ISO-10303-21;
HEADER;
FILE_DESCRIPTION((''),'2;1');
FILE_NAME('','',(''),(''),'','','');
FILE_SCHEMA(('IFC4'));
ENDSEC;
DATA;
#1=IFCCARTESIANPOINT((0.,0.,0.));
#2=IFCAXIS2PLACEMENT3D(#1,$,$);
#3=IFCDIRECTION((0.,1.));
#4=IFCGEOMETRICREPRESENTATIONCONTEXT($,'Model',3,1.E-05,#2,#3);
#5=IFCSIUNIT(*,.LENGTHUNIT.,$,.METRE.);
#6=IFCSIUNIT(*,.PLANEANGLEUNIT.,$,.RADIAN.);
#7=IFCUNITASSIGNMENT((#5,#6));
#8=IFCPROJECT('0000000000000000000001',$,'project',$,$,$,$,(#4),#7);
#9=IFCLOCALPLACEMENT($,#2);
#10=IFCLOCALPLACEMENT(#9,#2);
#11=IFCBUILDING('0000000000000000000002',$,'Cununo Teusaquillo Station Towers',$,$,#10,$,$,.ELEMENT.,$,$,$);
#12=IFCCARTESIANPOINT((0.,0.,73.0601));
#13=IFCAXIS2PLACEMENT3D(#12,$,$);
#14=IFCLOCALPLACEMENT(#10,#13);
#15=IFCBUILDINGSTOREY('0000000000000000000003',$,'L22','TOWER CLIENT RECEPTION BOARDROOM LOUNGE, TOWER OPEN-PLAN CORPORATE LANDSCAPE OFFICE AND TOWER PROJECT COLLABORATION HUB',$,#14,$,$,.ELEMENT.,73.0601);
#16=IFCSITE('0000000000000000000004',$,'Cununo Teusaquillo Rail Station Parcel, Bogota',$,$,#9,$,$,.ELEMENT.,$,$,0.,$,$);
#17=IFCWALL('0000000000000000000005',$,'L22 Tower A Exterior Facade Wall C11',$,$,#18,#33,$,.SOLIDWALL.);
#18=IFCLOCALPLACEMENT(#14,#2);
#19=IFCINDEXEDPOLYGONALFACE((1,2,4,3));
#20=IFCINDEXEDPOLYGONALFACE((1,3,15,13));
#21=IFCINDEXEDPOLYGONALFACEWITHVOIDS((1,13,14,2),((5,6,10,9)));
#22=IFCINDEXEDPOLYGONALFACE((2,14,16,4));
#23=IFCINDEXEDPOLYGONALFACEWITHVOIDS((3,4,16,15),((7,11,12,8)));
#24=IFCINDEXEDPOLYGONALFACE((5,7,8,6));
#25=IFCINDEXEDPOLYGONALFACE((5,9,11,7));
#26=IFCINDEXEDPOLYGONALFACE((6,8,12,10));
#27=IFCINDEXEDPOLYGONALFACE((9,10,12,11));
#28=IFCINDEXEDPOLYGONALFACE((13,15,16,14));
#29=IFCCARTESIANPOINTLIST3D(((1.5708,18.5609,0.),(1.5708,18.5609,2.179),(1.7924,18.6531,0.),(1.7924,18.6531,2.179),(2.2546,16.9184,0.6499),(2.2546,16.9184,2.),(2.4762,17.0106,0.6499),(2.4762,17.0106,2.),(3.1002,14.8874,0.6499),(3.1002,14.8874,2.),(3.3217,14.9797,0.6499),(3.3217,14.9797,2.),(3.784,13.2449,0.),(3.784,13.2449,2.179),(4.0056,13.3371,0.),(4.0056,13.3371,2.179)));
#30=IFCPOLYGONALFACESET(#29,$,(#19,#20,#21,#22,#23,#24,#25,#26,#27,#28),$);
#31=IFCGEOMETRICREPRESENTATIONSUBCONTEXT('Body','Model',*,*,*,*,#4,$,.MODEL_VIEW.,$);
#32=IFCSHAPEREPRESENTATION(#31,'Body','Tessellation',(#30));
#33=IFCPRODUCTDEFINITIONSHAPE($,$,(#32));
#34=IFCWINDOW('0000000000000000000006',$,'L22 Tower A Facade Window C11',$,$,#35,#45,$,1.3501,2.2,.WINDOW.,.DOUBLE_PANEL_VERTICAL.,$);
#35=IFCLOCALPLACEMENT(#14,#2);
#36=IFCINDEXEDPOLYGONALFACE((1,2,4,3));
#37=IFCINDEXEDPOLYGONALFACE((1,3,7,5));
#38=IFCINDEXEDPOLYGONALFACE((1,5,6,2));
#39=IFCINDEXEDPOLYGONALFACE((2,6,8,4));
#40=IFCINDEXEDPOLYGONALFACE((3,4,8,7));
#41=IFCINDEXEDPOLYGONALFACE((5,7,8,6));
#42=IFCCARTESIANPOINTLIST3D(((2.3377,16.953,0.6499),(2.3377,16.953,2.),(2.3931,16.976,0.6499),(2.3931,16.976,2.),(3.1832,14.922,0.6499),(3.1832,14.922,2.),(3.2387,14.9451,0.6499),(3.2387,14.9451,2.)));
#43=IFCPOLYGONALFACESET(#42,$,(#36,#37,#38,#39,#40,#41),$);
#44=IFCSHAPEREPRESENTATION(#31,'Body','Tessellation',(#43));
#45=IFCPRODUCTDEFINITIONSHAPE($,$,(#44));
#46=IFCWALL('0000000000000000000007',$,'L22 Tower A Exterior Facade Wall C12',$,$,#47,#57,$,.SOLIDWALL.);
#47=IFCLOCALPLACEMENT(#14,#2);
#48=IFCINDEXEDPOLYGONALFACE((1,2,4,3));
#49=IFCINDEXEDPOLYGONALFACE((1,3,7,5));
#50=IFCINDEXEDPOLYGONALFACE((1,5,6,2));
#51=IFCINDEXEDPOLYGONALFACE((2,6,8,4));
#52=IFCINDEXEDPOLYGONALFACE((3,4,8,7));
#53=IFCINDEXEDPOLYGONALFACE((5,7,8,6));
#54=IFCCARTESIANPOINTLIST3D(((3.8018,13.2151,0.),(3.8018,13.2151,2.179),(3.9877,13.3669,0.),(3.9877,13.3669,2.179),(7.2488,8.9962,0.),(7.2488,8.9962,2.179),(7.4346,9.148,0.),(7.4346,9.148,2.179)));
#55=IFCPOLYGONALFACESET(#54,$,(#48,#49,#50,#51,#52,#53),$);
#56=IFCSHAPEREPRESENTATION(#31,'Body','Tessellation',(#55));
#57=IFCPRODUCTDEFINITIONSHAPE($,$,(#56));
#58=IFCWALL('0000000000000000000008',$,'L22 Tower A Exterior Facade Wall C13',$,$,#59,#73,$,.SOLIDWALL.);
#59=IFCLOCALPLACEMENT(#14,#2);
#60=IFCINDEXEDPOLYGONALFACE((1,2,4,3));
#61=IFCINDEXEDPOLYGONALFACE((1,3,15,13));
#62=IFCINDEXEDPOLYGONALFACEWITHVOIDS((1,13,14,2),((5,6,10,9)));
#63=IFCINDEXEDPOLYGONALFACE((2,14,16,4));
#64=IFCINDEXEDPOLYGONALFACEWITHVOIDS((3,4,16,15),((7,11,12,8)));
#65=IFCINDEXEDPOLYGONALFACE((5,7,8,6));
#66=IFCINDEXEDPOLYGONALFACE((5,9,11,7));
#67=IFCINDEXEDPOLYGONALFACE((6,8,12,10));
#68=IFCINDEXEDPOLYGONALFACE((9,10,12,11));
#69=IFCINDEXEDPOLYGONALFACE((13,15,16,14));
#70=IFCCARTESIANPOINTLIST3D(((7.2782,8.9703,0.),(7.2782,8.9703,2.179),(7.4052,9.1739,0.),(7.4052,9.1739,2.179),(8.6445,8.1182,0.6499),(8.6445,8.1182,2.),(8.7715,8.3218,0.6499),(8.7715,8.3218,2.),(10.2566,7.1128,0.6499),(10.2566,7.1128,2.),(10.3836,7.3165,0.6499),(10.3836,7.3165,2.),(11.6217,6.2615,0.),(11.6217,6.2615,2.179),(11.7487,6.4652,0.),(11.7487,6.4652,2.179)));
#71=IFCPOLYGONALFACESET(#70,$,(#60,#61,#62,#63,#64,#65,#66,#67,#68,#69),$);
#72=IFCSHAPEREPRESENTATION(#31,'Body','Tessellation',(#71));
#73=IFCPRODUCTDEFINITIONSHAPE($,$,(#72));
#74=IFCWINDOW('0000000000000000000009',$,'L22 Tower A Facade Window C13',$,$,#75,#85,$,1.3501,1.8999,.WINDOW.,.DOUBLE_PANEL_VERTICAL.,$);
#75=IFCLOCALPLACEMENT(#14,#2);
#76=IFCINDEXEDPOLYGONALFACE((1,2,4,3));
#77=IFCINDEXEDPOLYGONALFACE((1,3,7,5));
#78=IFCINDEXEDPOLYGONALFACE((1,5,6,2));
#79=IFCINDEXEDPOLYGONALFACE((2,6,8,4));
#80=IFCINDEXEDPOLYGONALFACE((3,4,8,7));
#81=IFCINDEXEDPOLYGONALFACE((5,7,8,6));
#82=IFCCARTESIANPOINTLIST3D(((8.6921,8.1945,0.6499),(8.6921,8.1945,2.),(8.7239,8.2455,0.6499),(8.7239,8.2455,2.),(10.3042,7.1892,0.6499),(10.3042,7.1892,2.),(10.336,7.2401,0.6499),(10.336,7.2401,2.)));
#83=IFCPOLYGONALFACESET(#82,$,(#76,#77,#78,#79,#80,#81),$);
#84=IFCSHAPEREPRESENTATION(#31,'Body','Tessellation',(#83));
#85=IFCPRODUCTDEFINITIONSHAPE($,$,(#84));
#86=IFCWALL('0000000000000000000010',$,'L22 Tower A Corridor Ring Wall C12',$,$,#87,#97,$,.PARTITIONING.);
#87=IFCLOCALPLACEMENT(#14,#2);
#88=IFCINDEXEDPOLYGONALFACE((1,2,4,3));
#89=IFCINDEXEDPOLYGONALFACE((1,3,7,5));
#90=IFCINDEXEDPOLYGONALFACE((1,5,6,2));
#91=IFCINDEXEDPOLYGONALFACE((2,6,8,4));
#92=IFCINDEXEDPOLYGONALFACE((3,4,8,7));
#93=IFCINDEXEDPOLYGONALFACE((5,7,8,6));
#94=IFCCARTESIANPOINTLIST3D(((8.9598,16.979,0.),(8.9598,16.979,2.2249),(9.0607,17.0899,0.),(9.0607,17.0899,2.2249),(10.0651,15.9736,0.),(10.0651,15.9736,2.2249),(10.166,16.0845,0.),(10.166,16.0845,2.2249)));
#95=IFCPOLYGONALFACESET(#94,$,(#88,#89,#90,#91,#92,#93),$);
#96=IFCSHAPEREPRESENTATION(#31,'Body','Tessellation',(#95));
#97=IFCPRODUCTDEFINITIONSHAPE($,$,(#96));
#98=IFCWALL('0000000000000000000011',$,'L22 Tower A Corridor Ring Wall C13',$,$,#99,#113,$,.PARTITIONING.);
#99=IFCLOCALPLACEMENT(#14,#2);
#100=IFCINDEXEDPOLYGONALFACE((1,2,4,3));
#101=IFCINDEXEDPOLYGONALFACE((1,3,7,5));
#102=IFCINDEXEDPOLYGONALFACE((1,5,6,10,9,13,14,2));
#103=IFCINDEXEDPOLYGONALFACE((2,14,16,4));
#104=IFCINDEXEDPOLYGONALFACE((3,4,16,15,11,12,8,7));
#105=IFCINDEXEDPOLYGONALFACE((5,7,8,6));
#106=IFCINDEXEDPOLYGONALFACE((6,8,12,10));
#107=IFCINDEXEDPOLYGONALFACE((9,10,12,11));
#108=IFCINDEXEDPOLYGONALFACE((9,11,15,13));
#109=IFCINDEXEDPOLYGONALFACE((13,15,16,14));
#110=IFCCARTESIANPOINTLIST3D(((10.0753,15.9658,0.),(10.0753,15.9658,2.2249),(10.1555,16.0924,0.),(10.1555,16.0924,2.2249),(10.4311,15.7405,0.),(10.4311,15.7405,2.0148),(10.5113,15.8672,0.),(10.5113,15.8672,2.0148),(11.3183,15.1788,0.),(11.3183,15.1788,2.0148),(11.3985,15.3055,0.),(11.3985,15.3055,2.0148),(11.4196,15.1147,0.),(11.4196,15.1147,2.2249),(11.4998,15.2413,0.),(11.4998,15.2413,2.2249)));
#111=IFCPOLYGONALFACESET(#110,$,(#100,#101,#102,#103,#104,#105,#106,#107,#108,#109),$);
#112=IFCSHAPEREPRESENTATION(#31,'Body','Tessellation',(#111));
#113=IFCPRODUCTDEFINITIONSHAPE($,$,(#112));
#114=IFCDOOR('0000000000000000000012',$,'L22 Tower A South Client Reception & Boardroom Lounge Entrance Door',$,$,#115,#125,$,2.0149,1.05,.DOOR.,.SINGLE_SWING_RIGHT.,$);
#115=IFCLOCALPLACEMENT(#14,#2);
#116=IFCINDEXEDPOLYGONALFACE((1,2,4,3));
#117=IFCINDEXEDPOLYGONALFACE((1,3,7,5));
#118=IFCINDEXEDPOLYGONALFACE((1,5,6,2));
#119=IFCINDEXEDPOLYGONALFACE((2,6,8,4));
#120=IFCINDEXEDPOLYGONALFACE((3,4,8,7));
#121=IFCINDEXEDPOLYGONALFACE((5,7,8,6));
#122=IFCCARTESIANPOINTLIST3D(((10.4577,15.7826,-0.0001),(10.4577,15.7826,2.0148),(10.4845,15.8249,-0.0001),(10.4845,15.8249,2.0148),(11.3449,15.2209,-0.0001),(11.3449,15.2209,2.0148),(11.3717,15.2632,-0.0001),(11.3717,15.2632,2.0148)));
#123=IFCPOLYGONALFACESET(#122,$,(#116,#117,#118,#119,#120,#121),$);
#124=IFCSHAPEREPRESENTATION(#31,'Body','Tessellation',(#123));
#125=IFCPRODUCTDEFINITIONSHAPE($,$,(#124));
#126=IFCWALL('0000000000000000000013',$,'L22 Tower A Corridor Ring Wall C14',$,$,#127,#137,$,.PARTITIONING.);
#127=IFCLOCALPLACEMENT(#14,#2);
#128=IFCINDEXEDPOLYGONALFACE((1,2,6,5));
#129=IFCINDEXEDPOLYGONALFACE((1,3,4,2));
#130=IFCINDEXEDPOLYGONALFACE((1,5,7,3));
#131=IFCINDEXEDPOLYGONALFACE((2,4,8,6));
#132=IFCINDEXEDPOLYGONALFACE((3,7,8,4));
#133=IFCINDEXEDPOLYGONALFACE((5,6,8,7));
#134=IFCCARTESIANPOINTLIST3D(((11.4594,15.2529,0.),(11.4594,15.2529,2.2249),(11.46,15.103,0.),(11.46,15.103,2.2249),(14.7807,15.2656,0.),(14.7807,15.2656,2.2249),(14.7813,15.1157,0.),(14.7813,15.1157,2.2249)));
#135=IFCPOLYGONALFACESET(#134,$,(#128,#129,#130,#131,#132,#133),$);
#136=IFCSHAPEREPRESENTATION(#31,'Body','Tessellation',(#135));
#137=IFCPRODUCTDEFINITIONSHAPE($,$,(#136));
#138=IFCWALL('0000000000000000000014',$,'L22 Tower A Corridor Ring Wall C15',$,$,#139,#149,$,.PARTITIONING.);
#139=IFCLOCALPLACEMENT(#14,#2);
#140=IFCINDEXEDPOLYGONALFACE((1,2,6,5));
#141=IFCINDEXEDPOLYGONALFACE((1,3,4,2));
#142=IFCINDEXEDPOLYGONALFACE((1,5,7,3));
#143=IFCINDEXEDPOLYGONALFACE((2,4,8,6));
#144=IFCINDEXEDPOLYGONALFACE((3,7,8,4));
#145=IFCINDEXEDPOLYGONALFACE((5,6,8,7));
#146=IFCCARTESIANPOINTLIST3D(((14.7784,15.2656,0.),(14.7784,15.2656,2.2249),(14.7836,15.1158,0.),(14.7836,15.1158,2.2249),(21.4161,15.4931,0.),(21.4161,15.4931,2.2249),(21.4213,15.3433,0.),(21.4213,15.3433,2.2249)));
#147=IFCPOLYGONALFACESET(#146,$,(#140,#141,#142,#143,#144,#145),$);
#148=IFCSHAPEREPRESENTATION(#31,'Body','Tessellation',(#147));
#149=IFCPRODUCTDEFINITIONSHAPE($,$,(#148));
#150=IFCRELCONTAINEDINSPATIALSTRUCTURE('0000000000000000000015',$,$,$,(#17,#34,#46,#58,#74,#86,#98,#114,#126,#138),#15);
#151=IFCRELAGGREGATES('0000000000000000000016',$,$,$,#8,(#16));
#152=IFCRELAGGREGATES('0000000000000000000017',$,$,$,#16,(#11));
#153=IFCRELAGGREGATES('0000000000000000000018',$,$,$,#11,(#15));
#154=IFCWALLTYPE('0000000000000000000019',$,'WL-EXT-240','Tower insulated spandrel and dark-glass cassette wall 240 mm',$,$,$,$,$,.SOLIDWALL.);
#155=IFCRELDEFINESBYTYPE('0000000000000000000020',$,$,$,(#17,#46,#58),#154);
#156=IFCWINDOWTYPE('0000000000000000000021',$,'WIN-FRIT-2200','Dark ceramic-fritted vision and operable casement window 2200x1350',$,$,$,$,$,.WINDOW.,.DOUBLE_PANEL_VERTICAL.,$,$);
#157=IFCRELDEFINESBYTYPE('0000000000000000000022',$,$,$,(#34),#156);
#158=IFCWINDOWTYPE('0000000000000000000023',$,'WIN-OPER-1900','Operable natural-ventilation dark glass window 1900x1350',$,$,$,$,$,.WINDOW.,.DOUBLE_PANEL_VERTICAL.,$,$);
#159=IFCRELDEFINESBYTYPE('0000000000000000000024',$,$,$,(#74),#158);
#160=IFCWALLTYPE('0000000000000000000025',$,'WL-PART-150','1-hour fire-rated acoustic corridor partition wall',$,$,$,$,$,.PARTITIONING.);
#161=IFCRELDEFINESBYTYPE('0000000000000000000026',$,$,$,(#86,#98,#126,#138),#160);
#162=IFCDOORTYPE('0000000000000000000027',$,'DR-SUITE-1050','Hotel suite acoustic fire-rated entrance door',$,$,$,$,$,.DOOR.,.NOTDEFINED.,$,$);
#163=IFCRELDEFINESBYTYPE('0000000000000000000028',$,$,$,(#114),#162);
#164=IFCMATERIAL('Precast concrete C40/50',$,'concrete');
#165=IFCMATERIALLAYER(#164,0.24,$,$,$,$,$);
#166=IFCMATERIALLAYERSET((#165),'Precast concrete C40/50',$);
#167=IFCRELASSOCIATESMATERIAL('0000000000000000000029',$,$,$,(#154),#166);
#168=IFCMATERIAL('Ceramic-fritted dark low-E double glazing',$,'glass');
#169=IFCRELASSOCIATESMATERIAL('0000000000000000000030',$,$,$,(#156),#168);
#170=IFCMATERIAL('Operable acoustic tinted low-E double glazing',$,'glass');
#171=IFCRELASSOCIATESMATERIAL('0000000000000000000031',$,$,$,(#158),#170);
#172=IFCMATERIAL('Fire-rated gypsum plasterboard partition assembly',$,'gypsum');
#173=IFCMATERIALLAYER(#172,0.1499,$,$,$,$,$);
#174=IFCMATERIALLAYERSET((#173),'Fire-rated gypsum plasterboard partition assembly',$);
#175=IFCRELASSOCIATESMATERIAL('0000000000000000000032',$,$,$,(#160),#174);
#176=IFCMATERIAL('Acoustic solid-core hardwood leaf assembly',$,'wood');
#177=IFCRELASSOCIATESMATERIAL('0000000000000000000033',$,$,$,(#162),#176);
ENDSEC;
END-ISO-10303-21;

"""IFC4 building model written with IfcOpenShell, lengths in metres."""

from ifc_helpers import new_model, si_unit, direction, frame, frame_2d, origin, place, context, subcontext, project, spatial, rectangle, extrude, source, transform, mapped, material, layer, layer_set, type_object, element, fill, save


model = new_model("IFC4")

# Units and contexts
model_context = context("Model", 3, precision=1e-05, world=origin(), true_north=direction((0.0, 1.0)))
body_context = subcontext(model_context, "Body", "Model", "MODEL_VIEW")
ifc_project = project(units=[si_unit("LENGTHUNIT", "METRE"), si_unit("PLANEANGLEUNIT", "RADIAN")], contexts=[model_context])

# Site, building, storey
site_placement = place(None, origin())
site = spatial("IfcSite", under=ifc_project, at=site_placement, Name="Cununo Teusaquillo Rail Station Parcel, Bogota", CompositionType="ELEMENT", RefElevation=0.0)
building_placement = place(site_placement, origin())
building = spatial("IfcBuilding", under=site, at=building_placement, Name="Cununo Teusaquillo Station Towers", CompositionType="ELEMENT")
storey_placement = place(building_placement, frame((0.0, 0.0, 73.0601)))
storey = spatial("IfcBuildingStorey", under=building, at=storey_placement, Name="L22", Description="TOWER CLIENT RECEPTION BOARDROOM LOUNGE, TOWER OPEN-PLAN CORPORATE LANDSCAPE OFFICE AND TOWER PROJECT COLLABORATION HUB", CompositionType="ELEMENT", Elevation=73.0601)

# Wall, opening, window
ifc_material_1 = material(Name="Precast concrete C40/50", Category="concrete")
ifc_layer_1 = layer(ifc_material_1, 0.24)
ifc_layer_set_1 = layer_set([ifc_layer_1], Name="Precast concrete C40/50")
wall_type_1 = type_object("IfcWallType", Name="WL-EXT-240", Description="Tower insulated spandrel and dark-glass cassette wall 240 mm", PredefinedType="SOLIDWALL", material=ifc_layer_set_1)
wall_1_placement = place(storey_placement, frame((3.8948, 13.291, 0.0), z_axis=(0.0, 0.0, 1.0), x_axis=(-0.384344, 0.92319, 0.0)))
wall_1 = element("IfcWall", 1, at=wall_1_placement, inside=storey, type_object=wall_type_1, Name="L22 Tower A Exterior Facade Wall C11", PredefinedType="SOLIDWALL", context=body_context, shape_type="SweptSolid", body=[
    extrude(rectangle(XDim=5.7583, YDim=0.24, at=frame_2d((2.8792, 0.0))), origin(), (0.0, 0.0, 1.0), 2.179),
])
shared_shape_1 = source(origin(), body_context, "Body", "SweptSolid", [
    extrude(rectangle(XDim=2.2, YDim=1.3501, at=frame_2d((1.1001, 0.675))), frame((0.0, 0.1299, 0.0), z_axis=(0.0, -1.0, 0.0), x_axis=(1.0, 0.0, 0.0)), (0.0, 0.0, 1.0), 0.26),
])
opening_1_placement = place(wall_1_placement, frame((1.7791, 0.0, 0.6499)))
opening_1 = element("IfcOpeningElement", 2, at=opening_1_placement, cuts=wall_1, PredefinedType="OPENING", context=body_context, shape_type="MappedRepresentation", body=[
    mapped(shared_shape_1, transform((0.0, 0.0, 0.0), x_axis=(1.0, 0.0, 0.0), y_axis=(0.0, 1.0, 0.0), z_axis=(0.0, 0.0, 1.0), scale=1.0)),
])
ifc_material_2 = material(Name="Ceramic-fritted dark low-E double glazing", Category="glass")
window_type_1 = type_object("IfcWindowType", Name="WIN-FRIT-2200", Description="Dark ceramic-fritted vision and operable casement window 2200x1350", PartitioningType="DOUBLE_PANEL_VERTICAL", PredefinedType="WINDOW", material=ifc_material_2)
shared_shape_2 = source(origin(), body_context, "Body", "SweptSolid", [
    extrude(rectangle(XDim=2.2, YDim=1.3501, at=frame_2d((1.1001, 0.675))), frame((0.0, 0.03, 0.0), z_axis=(0.0, -1.0, 0.0), x_axis=(1.0, 0.0, 0.0)), (0.0, 0.0, 1.0), 0.0601),
])
window_1_placement = place(opening_1_placement, origin())
window_1 = element("IfcWindow", 3, at=window_1_placement, inside=storey, type_object=window_type_1, Name="L22 Tower A Facade Window C11", OverallHeight=1.3501, OverallWidth=2.2, PartitioningType="DOUBLE_PANEL_VERTICAL", PredefinedType="WINDOW", context=body_context, shape_type="MappedRepresentation", body=[
    mapped(shared_shape_2, transform((0.0, 0.0, 0.0), x_axis=(1.0, 0.0, 0.0), y_axis=(0.0, 1.0, 0.0), z_axis=(0.0, 0.0, 1.0), scale=1.0)),
])
fill(opening_1, window_1)

# Wall
wall_2_placement = place(storey_placement, frame((7.3418, 9.072, 0.0), z_axis=(0.0, 0.0, 1.0), x_axis=(-0.632701, 0.774396, 0.0)))
element("IfcWall", 4, at=wall_2_placement, inside=storey, type_object=wall_type_1, Name="L22 Tower A Exterior Facade Wall C12", PredefinedType="SOLIDWALL", context=body_context, shape_type="SweptSolid", body=[
    extrude(rectangle(XDim=5.448, YDim=0.24, at=frame_2d((2.7241, 0.0))), origin(), (0.0, 0.0, 1.0), 2.179),
])

# Wall, opening, window
wall_3_placement = place(storey_placement, frame((11.6853, 6.3633, 0.0), z_axis=(0.0, 0.0, 1.0), x_axis=(-0.84852, 0.529163, 0.0)))
wall_3 = element("IfcWall", 5, at=wall_3_placement, inside=storey, type_object=wall_type_1, Name="L22 Tower A Exterior Facade Wall C13", PredefinedType="SOLIDWALL", context=body_context, shape_type="SweptSolid", body=[
    extrude(rectangle(XDim=5.1189, YDim=0.24, at=frame_2d((2.5596, 0.0))), origin(), (0.0, 0.0, 1.0), 2.179),
])
shared_shape_3 = source(origin(), body_context, "Body", "SweptSolid", [
    extrude(rectangle(XDim=1.8999, YDim=1.3501, at=frame_2d((0.95, 0.675))), frame((0.0, 0.1299, 0.0), z_axis=(0.0, -1.0, 0.0), x_axis=(1.0, 0.0, 0.0)), (0.0, 0.0, 1.0), 0.26),
])
opening_2_placement = place(wall_3_placement, frame((1.6089, 0.0, 0.6499)))
opening_2 = element("IfcOpeningElement", 6, at=opening_2_placement, cuts=wall_3, PredefinedType="OPENING", context=body_context, shape_type="MappedRepresentation", body=[
    mapped(shared_shape_3, transform((0.0, 0.0, 0.0), x_axis=(1.0, 0.0, 0.0), y_axis=(0.0, 1.0, 0.0), z_axis=(0.0, 0.0, 1.0), scale=1.0)),
])
ifc_material_3 = material(Name="Operable acoustic tinted low-E double glazing", Category="glass")
window_type_2 = type_object("IfcWindowType", Name="WIN-OPER-1900", Description="Operable natural-ventilation dark glass window 1900x1350", PartitioningType="DOUBLE_PANEL_VERTICAL", PredefinedType="WINDOW", material=ifc_material_3)
shared_shape_4 = source(origin(), body_context, "Body", "SweptSolid", [
    extrude(rectangle(XDim=1.8999, YDim=1.3501, at=frame_2d((0.95, 0.675))), frame((0.0, 0.03, 0.0), z_axis=(0.0, -1.0, 0.0), x_axis=(1.0, 0.0, 0.0)), (0.0, 0.0, 1.0), 0.0601),
])
window_2_placement = place(opening_2_placement, origin())
window_2 = element("IfcWindow", 7, at=window_2_placement, inside=storey, type_object=window_type_2, Name="L22 Tower A Facade Window C13", OverallHeight=1.3501, OverallWidth=1.8999, PartitioningType="DOUBLE_PANEL_VERTICAL", PredefinedType="WINDOW", context=body_context, shape_type="MappedRepresentation", body=[
    mapped(shared_shape_4, transform((0.0, 0.0, 0.0), x_axis=(1.0, 0.0, 0.0), y_axis=(0.0, 1.0, 0.0), z_axis=(0.0, 0.0, 1.0), scale=1.0)),
])
fill(opening_2, window_2)

# Wall
ifc_material_4 = material(Name="Fire-rated gypsum plasterboard partition assembly", Category="gypsum")
ifc_layer_2 = layer(ifc_material_4, 0.1499)
ifc_layer_set_2 = layer_set([ifc_layer_2], Name="Fire-rated gypsum plasterboard partition assembly")
wall_type_2 = type_object("IfcWallType", Name="WL-PART-150", Description="1-hour fire-rated acoustic corridor partition wall", PredefinedType="PARTITIONING", material=ifc_layer_set_2)
wall_4_placement = place(storey_placement, frame((9.0103, 17.0344, 0.0), z_axis=(0.0, 0.0, 1.0), x_axis=(0.739733, -0.6729, 0.0)))
element("IfcWall", 8, at=wall_4_placement, inside=storey, type_object=wall_type_2, Name="L22 Tower A Corridor Ring Wall C12", PredefinedType="PARTITIONING", context=body_context, shape_type="SweptSolid", body=[
    extrude(rectangle(XDim=1.4941, YDim=0.1499, at=frame_2d((0.7471, 0.0))), origin(), (0.0, 0.0, 1.0), 2.2249),
])

# Wall, opening, door
wall_5_placement = place(storey_placement, frame((10.1155, 16.0291, 0.0), z_axis=(0.0, 0.0, 1.0), x_axis=(0.844898, -0.534928, 0.0)))
wall_5 = element("IfcWall", 9, at=wall_5_placement, inside=storey, type_object=wall_type_2, Name="L22 Tower A Corridor Ring Wall C13", PredefinedType="PARTITIONING", context=body_context, shape_type="SweptSolid", body=[
    extrude(rectangle(XDim=1.5911, YDim=0.1499, at=frame_2d((0.7954, 0.0))), origin(), (0.0, 0.0, 1.0), 2.2249),
])
shared_shape_5 = source(origin(), body_context, "Body", "SweptSolid", [
    extrude(rectangle(XDim=1.05, YDim=2.0149, at=frame_2d((0.5249, 1.0073))), frame((0.0, 0.085, 0.0), z_axis=(0.0, -1.0, 0.0), x_axis=(1.0, 0.0, 0.0)), (0.0, 0.0, 1.0), 0.1699),
])
opening_3_placement = place(wall_5_placement, frame((0.4211, 0.0, 0.0)))
opening_3 = element("IfcOpeningElement", 10, at=opening_3_placement, cuts=wall_5, PredefinedType="OPENING", context=body_context, shape_type="MappedRepresentation", body=[
    mapped(shared_shape_5, transform((0.0, 0.0, 0.0), x_axis=(1.0, 0.0, 0.0), y_axis=(0.0, 1.0, 0.0), z_axis=(0.0, 0.0, 1.0), scale=1.0)),
])
ifc_material_5 = material(Name="Acoustic solid-core hardwood leaf assembly", Category="wood")
door_type = type_object("IfcDoorType", Name="DR-SUITE-1050", Description="Hotel suite acoustic fire-rated entrance door", OperationType="NOTDEFINED", PredefinedType="DOOR", material=ifc_material_5)
shared_shape_6 = source(origin(), body_context, "Body", "SweptSolid", [
    extrude(rectangle(XDim=1.05, YDim=2.0149, at=frame_2d((0.5249, 1.0073))), frame((0.0, 0.0249, 0.0), z_axis=(0.0, -1.0, 0.0), x_axis=(1.0, 0.0, 0.0)), (0.0, 0.0, 1.0), 0.05),
])
door_placement = place(opening_3_placement, origin())
door = element("IfcDoor", 11, at=door_placement, inside=storey, type_object=door_type, Name="L22 Tower A South Client Reception & Boardroom Lounge Entrance Door", OperationType="SINGLE_SWING_RIGHT", OverallHeight=2.0149, OverallWidth=1.05, PredefinedType="DOOR", context=body_context, shape_type="MappedRepresentation", body=[
    mapped(shared_shape_6, transform((0.0, 0.0, 0.0), x_axis=(1.0, 0.0, 0.0), y_axis=(0.0, 1.0, 0.0), z_axis=(0.0, 0.0, 1.0), scale=1.0)),
])
fill(opening_3, door)

# Walls
wall_6_placement = place(storey_placement, frame((11.4597, 15.178, 0.0), z_axis=(0.0, 0.0, 1.0), x_axis=(0.999993, 0.003822, 0.0)))
element("IfcWall", 12, at=wall_6_placement, inside=storey, type_object=wall_type_2, Name="L22 Tower A Corridor Ring Wall C14", PredefinedType="PARTITIONING", context=body_context, shape_type="SweptSolid", body=[
    extrude(rectangle(XDim=3.3213, YDim=0.1499, at=frame_2d((1.6606, 0.0))), origin(), (0.0, 0.0, 1.0), 2.2249),
])
wall_7_placement = place(storey_placement, frame((14.781, 15.1907, 0.0), z_axis=(0.0, 0.0, 1.0), x_axis=(0.999413, 0.03426, 0.0)))
element("IfcWall", 13, at=wall_7_placement, inside=storey, type_object=wall_type_2, Name="L22 Tower A Corridor Ring Wall C15", PredefinedType="PARTITIONING", context=body_context, shape_type="SweptSolid", body=[
    extrude(rectangle(XDim=6.6416, YDim=0.1499, at=frame_2d((3.3208, 0.0))), origin(), (0.0, 0.0, 1.0), 2.2249),
])

save(model, "model.ifc")
